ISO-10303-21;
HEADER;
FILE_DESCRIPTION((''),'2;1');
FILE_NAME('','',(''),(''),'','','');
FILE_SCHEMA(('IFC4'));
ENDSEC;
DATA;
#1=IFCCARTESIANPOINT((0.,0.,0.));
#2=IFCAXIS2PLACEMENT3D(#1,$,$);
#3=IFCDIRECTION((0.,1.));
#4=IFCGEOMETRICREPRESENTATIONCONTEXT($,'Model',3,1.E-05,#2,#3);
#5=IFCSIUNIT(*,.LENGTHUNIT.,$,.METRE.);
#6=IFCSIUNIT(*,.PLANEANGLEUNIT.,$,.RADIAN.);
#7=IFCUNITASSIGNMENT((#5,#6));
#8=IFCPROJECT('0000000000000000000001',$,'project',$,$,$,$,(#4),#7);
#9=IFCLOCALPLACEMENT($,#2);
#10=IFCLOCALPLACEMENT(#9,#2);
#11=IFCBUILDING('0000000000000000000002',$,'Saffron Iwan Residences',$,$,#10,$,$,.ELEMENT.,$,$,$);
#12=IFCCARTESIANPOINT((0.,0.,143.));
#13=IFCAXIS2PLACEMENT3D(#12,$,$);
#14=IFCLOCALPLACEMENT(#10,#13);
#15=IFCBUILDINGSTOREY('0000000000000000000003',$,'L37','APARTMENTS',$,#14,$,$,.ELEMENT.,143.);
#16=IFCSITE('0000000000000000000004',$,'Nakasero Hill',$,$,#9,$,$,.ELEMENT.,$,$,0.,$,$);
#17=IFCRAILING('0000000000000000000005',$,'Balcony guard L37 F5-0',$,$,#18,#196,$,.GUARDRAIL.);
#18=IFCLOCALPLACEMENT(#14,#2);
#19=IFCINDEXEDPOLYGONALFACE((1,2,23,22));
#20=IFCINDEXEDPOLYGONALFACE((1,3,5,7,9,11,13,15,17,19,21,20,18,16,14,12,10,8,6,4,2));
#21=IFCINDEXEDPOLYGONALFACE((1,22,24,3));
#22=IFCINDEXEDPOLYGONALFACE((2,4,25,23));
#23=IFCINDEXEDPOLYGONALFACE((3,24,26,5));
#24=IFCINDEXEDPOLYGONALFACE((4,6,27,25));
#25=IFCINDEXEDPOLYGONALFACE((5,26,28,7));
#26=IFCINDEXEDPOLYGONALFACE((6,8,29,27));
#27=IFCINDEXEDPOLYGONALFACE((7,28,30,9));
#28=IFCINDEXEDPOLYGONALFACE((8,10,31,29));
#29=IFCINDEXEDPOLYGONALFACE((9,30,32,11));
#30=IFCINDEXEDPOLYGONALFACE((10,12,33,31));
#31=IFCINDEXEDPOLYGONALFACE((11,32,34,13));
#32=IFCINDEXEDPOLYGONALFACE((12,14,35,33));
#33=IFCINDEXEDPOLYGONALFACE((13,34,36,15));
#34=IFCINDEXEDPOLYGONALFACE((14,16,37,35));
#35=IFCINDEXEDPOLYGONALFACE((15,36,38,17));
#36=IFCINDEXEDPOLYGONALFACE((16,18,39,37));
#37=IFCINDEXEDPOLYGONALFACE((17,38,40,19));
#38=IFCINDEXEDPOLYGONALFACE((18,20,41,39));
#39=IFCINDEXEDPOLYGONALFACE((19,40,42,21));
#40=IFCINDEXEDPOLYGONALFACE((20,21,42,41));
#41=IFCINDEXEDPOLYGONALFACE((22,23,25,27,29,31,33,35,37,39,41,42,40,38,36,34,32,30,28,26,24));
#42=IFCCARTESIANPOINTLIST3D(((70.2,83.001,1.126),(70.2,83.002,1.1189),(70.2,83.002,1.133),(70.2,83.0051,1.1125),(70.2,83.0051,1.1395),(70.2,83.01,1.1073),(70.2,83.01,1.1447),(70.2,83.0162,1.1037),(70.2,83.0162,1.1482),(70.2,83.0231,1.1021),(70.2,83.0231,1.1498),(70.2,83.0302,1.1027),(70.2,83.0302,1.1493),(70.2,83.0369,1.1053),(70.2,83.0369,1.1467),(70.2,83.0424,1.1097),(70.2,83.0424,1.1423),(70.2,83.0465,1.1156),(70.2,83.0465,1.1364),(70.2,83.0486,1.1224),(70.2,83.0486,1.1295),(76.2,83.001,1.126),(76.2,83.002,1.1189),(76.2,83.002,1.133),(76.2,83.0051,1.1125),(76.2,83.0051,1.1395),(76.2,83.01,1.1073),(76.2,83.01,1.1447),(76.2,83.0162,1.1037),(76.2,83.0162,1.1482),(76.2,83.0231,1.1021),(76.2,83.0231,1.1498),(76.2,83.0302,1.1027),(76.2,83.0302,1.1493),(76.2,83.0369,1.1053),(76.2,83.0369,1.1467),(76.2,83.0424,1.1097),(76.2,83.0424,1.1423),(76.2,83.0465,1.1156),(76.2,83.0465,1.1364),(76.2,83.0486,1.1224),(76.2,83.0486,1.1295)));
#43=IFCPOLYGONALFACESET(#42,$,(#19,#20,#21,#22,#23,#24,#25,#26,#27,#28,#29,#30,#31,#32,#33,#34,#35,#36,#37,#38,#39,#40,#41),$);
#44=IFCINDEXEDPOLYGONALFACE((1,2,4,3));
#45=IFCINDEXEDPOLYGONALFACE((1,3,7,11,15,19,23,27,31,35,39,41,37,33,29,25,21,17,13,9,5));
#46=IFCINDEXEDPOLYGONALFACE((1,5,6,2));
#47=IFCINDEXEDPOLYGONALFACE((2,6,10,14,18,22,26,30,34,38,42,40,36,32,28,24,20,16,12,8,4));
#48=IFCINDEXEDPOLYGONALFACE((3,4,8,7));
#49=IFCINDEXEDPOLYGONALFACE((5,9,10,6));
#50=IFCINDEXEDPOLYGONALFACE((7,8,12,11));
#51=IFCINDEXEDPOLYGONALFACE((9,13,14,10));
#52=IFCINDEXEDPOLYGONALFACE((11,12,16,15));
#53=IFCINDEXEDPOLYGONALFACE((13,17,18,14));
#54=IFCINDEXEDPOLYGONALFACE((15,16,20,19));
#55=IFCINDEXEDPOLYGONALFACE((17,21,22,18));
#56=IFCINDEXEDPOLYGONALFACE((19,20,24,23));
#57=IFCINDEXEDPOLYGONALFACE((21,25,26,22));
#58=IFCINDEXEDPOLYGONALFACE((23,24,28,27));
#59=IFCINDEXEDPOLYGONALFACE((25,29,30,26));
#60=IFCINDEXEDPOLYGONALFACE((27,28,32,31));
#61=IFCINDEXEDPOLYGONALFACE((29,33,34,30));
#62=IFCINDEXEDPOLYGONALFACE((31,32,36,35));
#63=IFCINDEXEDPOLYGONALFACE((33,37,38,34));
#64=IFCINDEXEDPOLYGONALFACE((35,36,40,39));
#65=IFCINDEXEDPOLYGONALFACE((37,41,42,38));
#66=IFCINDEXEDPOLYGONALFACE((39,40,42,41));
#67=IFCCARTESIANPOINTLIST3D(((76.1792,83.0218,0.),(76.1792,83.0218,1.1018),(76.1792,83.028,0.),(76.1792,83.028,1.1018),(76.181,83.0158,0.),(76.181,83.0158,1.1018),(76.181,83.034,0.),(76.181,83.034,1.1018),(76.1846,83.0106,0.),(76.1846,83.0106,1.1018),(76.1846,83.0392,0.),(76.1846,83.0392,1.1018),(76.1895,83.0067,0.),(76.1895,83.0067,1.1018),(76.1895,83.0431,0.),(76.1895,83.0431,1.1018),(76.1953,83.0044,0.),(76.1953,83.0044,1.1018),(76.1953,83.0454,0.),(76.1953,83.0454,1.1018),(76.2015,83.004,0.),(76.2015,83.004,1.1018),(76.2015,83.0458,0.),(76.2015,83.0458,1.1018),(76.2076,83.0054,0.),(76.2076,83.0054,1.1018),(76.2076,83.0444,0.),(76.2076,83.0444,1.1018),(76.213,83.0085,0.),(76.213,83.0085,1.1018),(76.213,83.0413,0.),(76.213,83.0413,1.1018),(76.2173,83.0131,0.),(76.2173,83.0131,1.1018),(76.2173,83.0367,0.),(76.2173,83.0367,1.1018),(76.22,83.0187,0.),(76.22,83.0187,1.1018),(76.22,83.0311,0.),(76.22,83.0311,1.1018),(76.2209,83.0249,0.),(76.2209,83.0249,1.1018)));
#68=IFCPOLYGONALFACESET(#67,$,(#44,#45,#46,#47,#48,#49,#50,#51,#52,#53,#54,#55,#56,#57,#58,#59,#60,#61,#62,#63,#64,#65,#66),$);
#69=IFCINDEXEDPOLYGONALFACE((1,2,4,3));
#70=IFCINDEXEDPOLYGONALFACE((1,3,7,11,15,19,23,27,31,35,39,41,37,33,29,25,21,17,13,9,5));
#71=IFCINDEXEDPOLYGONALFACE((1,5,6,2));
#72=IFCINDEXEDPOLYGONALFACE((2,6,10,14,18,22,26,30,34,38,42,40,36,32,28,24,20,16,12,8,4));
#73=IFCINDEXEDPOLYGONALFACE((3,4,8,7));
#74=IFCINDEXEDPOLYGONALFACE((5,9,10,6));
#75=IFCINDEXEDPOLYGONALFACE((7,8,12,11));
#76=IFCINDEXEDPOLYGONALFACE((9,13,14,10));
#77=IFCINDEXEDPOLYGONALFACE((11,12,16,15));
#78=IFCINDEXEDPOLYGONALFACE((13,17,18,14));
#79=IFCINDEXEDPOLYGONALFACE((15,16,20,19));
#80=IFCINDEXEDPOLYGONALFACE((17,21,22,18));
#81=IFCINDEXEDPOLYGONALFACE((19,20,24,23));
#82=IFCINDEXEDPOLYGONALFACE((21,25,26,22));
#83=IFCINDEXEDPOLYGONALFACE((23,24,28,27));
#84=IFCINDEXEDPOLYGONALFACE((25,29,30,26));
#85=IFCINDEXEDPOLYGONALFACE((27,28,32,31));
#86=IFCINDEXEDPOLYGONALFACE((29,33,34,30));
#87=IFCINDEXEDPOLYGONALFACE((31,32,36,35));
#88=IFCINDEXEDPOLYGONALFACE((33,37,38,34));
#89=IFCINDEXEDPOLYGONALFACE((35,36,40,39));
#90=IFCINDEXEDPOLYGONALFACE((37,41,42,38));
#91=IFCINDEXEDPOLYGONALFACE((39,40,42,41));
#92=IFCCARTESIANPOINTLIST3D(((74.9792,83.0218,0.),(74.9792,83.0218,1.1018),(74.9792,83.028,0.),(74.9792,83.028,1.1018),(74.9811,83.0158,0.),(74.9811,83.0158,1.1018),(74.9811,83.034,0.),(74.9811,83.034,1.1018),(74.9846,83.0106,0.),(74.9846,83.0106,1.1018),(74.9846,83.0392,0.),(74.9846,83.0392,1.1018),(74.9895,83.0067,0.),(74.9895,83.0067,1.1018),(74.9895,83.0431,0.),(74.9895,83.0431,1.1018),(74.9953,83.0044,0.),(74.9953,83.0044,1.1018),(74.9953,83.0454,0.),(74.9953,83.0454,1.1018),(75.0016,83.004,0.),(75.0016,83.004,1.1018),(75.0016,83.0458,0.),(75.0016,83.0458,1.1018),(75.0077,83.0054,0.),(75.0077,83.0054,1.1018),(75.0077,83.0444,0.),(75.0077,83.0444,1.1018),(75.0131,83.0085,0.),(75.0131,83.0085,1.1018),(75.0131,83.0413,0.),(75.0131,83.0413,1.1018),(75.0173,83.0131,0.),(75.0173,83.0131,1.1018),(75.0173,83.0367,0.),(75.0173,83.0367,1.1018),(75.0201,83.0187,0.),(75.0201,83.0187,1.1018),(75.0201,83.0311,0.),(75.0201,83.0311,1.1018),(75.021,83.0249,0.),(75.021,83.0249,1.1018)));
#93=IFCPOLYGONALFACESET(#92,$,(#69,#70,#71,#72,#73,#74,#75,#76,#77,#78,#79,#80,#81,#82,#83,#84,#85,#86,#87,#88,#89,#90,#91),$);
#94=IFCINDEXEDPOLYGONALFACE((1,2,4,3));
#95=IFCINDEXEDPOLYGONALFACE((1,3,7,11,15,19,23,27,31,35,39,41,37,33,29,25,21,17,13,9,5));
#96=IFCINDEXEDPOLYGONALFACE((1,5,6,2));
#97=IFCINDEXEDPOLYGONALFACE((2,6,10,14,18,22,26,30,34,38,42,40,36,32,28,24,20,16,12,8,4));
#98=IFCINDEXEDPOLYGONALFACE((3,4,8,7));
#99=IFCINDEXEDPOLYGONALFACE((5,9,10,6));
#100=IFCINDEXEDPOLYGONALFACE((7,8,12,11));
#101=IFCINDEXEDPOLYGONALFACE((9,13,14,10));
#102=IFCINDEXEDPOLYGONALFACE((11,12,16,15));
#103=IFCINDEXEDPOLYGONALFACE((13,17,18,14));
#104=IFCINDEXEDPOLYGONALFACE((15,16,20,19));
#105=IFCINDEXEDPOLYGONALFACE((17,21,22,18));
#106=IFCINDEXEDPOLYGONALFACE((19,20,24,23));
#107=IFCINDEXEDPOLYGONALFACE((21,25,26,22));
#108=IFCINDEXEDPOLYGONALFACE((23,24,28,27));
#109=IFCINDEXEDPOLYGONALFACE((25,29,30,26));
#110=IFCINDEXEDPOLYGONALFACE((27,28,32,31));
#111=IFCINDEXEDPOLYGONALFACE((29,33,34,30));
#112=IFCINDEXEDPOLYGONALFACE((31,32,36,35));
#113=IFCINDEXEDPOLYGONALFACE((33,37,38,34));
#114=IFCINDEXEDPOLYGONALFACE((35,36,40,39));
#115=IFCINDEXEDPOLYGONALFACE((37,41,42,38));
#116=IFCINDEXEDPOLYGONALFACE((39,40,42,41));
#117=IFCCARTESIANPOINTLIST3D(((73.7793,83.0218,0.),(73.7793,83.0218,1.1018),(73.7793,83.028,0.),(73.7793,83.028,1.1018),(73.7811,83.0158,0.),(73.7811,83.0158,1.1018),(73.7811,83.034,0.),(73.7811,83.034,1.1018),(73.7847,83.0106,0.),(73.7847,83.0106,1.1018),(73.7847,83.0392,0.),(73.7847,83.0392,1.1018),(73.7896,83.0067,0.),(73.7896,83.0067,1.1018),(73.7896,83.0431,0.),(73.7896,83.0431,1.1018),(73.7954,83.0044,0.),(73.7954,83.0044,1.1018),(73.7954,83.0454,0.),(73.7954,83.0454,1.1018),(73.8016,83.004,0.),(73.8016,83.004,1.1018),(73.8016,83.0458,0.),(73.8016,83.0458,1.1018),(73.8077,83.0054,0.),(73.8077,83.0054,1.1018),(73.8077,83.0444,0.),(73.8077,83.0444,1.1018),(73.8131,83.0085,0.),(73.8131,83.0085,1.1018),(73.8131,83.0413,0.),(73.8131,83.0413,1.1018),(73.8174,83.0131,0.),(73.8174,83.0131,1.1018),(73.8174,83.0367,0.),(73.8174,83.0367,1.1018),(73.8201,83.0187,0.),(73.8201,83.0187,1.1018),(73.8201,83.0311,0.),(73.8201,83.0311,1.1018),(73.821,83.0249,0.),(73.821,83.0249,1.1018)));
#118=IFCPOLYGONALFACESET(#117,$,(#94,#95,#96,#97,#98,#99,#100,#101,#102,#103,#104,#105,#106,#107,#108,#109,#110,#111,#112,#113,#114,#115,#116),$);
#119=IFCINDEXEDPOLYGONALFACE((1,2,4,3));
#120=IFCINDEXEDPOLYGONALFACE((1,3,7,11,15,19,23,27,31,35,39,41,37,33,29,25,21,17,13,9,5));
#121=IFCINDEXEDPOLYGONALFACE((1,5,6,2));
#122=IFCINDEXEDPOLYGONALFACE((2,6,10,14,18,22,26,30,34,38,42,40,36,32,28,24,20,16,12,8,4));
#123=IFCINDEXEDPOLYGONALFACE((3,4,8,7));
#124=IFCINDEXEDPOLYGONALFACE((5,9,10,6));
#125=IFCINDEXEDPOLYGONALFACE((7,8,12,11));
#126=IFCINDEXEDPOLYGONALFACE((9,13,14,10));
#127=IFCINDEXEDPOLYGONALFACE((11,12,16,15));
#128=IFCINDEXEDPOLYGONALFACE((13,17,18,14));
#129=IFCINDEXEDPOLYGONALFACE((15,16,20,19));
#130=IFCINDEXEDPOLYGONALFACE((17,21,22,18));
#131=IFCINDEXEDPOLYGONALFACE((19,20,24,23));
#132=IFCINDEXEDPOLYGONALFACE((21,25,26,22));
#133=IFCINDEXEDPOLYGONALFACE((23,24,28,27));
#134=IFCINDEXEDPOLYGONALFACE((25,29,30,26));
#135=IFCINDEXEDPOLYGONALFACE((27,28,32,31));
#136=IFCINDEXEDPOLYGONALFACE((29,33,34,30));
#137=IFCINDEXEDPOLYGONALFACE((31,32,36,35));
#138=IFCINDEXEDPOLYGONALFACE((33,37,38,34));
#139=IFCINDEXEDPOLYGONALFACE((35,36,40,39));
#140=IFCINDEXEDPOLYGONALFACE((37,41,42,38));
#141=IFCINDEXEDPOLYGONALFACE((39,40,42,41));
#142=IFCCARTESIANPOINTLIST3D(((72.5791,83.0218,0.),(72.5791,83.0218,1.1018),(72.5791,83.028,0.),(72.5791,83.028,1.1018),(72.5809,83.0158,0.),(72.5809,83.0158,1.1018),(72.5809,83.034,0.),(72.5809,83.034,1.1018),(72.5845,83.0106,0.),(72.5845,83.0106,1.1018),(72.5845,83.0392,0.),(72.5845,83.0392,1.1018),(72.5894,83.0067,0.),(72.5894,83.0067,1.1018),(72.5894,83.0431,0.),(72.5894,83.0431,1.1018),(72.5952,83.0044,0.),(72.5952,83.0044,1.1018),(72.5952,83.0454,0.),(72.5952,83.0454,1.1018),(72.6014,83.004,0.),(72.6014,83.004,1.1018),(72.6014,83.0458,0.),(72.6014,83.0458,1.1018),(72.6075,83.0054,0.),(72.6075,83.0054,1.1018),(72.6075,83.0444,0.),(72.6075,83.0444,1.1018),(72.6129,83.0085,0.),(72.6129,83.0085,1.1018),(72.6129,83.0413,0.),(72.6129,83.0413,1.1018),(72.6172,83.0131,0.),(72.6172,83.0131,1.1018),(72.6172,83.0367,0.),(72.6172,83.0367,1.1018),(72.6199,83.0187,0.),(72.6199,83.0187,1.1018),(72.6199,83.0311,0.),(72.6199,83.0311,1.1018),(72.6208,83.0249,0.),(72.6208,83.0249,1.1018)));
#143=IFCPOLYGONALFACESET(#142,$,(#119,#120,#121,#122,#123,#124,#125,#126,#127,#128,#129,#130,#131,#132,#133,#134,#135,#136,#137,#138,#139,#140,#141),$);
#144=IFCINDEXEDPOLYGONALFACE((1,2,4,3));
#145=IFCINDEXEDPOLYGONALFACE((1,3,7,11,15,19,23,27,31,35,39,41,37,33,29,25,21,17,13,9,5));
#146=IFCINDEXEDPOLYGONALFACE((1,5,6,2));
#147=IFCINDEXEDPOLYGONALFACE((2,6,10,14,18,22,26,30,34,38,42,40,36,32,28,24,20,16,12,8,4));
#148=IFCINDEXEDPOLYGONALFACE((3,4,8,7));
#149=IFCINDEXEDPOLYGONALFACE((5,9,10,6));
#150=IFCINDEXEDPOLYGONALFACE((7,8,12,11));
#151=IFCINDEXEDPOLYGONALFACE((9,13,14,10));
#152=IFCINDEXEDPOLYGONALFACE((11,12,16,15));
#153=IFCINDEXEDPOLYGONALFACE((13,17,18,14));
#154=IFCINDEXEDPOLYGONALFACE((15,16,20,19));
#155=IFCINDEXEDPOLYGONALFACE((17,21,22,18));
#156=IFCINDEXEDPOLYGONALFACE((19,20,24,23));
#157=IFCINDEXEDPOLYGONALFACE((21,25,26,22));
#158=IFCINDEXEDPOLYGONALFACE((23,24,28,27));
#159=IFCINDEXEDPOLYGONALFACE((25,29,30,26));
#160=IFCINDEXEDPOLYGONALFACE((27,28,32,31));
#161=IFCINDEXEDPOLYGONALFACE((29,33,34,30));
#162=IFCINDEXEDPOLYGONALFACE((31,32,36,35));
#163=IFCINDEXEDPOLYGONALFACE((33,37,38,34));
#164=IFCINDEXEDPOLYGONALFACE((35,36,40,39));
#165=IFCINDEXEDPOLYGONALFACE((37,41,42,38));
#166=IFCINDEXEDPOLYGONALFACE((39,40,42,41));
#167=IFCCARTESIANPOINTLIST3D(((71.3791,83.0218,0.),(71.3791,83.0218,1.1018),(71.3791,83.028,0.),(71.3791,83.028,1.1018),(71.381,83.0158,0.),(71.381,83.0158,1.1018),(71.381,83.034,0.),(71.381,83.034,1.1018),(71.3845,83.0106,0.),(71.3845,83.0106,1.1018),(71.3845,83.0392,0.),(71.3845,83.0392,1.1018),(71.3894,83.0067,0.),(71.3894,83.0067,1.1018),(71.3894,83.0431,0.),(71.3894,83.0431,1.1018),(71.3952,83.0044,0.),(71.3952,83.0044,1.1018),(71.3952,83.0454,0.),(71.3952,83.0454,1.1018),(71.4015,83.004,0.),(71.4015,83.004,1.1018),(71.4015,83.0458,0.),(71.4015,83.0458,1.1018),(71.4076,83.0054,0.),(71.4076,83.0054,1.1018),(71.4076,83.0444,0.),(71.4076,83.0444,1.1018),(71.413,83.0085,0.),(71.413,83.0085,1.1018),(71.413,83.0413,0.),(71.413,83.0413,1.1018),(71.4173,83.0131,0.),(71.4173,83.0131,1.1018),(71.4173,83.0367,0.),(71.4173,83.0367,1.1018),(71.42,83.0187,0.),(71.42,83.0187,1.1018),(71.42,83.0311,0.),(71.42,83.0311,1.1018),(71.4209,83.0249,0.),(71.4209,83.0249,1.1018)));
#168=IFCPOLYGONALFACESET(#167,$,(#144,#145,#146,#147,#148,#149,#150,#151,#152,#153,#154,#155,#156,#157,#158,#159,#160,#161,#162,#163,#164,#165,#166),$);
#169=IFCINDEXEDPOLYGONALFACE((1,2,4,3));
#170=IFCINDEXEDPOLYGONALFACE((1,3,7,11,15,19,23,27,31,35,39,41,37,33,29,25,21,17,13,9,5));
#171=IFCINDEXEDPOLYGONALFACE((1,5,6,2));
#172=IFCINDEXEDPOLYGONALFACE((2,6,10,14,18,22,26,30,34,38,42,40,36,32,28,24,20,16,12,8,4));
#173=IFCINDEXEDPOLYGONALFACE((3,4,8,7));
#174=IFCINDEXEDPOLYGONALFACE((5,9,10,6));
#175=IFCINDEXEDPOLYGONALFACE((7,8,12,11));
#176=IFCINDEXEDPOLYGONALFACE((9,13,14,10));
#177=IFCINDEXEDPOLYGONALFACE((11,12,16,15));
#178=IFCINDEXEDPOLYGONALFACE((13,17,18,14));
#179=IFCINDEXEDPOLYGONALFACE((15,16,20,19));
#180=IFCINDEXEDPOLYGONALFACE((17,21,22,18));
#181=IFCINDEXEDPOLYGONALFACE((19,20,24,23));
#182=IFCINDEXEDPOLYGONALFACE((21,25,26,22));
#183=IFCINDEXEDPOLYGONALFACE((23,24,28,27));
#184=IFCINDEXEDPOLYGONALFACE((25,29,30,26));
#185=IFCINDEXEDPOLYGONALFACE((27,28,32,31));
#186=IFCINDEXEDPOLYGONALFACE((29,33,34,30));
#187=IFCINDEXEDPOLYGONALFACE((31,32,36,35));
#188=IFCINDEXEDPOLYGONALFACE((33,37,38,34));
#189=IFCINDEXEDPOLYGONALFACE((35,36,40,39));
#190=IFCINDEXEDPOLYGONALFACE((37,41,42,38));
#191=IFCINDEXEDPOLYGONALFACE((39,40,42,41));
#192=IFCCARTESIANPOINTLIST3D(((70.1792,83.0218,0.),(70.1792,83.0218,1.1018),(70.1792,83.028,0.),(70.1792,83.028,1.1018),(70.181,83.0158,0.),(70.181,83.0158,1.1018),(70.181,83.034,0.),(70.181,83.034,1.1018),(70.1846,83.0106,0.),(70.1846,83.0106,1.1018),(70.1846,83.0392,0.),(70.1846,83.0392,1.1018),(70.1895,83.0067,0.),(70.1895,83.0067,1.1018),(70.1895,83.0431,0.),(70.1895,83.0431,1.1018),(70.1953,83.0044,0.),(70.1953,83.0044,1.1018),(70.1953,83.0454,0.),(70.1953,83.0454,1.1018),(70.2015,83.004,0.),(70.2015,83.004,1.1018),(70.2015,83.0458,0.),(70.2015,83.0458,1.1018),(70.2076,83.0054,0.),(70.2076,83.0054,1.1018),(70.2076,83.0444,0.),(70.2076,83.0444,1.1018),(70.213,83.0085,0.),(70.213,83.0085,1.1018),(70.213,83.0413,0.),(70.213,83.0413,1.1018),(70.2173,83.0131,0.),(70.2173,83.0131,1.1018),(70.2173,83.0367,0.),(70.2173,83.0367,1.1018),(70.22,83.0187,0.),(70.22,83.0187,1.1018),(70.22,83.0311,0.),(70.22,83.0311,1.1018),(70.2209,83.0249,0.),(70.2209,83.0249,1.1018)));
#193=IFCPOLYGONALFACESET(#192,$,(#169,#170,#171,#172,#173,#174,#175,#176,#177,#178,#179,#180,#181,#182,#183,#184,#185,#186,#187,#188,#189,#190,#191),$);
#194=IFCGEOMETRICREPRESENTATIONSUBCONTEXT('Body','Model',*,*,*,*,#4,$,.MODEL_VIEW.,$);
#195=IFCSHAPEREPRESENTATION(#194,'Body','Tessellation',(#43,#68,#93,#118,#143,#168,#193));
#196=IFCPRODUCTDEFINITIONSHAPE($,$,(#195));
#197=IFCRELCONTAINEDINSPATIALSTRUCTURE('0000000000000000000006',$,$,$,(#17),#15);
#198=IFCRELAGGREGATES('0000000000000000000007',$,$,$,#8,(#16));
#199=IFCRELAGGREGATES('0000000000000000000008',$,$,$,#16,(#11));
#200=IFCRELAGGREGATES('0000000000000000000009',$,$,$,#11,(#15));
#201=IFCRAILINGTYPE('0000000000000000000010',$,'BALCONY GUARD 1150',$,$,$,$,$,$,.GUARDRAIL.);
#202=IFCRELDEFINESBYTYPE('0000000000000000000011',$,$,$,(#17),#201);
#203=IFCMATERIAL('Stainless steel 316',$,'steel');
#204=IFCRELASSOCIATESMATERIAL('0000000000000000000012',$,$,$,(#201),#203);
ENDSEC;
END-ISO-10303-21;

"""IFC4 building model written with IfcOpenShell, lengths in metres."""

from ifc_helpers import new_model, si_unit, direction, frame, origin, origin_2d, place, context, subcontext, project, spatial, circle, extrude, material, type_object, element, save


model = new_model("IFC4")

# Units and contexts
model_context = context("Model", 3, precision=1e-05, world=origin(), true_north=direction((0.0, 1.0)))
body_context = subcontext(model_context, "Body", "Model", "MODEL_VIEW")
ifc_project = project(units=[si_unit("LENGTHUNIT", "METRE"), si_unit("PLANEANGLEUNIT", "RADIAN")], contexts=[model_context])

# Site, building, storey
site_placement = place(None, origin())
site = spatial("IfcSite", under=ifc_project, at=site_placement, Name="Nakasero Hill", CompositionType="ELEMENT", RefElevation=0.0)
building_placement = place(site_placement, origin())
building = spatial("IfcBuilding", under=site, at=building_placement, Name="Saffron Iwan Residences", CompositionType="ELEMENT")
storey_placement = place(building_placement, frame((0.0, 0.0, 143.0)))
storey = spatial("IfcBuildingStorey", under=building, at=storey_placement, Name="L37", Description="APARTMENTS", CompositionType="ELEMENT", Elevation=143.0)

# Railing
ifc_material_1 = material(Name="Stainless steel 316", Category="steel")
railing_type = type_object("IfcRailingType", Name="BALCONY GUARD 1150", PredefinedType="GUARDRAIL", material=ifc_material_1)
railing_placement = place(storey_placement, frame((76.2, 83.0249, 0.0)))
element("IfcRailing", 1, at=railing_placement, inside=storey, type_object=railing_type, Name="Balcony guard L37 F5-0", PredefinedType="GUARDRAIL", context=body_context, shape_type="SweptSolid", body=[
    extrude(circle(Radius=0.0239, at=origin_2d()), frame((0.0, 0.0, 1.126), z_axis=(-1.0, 0.0, 0.0), x_axis=(0.0, -1.0, 0.0)), (0.0, 0.0, 1.0), 6.0),
    extrude(circle(Radius=0.021, at=origin_2d()), origin(), (0.0, 0.0, 1.0), 1.1018),
    extrude(circle(Radius=0.021, at=origin_2d()), frame((-1.2, 0.0, 0.0)), (0.0, 0.0, 1.0), 1.1018),
    extrude(circle(Radius=0.021, at=origin_2d()), frame((-2.3999, 0.0, 0.0)), (0.0, 0.0, 1.0), 1.1018),
    extrude(circle(Radius=0.021, at=origin_2d()), frame((-3.6001, 0.0, 0.0)), (0.0, 0.0, 1.0), 1.1018),
    extrude(circle(Radius=0.021, at=origin_2d()), frame((-4.8, 0.0, 0.0)), (0.0, 0.0, 1.0), 1.1018),
    extrude(circle(Radius=0.021, at=origin_2d()), frame((-6.0, 0.0, 0.0)), (0.0, 0.0, 1.0), 1.1018),
])

save(model, "model.ifc")
